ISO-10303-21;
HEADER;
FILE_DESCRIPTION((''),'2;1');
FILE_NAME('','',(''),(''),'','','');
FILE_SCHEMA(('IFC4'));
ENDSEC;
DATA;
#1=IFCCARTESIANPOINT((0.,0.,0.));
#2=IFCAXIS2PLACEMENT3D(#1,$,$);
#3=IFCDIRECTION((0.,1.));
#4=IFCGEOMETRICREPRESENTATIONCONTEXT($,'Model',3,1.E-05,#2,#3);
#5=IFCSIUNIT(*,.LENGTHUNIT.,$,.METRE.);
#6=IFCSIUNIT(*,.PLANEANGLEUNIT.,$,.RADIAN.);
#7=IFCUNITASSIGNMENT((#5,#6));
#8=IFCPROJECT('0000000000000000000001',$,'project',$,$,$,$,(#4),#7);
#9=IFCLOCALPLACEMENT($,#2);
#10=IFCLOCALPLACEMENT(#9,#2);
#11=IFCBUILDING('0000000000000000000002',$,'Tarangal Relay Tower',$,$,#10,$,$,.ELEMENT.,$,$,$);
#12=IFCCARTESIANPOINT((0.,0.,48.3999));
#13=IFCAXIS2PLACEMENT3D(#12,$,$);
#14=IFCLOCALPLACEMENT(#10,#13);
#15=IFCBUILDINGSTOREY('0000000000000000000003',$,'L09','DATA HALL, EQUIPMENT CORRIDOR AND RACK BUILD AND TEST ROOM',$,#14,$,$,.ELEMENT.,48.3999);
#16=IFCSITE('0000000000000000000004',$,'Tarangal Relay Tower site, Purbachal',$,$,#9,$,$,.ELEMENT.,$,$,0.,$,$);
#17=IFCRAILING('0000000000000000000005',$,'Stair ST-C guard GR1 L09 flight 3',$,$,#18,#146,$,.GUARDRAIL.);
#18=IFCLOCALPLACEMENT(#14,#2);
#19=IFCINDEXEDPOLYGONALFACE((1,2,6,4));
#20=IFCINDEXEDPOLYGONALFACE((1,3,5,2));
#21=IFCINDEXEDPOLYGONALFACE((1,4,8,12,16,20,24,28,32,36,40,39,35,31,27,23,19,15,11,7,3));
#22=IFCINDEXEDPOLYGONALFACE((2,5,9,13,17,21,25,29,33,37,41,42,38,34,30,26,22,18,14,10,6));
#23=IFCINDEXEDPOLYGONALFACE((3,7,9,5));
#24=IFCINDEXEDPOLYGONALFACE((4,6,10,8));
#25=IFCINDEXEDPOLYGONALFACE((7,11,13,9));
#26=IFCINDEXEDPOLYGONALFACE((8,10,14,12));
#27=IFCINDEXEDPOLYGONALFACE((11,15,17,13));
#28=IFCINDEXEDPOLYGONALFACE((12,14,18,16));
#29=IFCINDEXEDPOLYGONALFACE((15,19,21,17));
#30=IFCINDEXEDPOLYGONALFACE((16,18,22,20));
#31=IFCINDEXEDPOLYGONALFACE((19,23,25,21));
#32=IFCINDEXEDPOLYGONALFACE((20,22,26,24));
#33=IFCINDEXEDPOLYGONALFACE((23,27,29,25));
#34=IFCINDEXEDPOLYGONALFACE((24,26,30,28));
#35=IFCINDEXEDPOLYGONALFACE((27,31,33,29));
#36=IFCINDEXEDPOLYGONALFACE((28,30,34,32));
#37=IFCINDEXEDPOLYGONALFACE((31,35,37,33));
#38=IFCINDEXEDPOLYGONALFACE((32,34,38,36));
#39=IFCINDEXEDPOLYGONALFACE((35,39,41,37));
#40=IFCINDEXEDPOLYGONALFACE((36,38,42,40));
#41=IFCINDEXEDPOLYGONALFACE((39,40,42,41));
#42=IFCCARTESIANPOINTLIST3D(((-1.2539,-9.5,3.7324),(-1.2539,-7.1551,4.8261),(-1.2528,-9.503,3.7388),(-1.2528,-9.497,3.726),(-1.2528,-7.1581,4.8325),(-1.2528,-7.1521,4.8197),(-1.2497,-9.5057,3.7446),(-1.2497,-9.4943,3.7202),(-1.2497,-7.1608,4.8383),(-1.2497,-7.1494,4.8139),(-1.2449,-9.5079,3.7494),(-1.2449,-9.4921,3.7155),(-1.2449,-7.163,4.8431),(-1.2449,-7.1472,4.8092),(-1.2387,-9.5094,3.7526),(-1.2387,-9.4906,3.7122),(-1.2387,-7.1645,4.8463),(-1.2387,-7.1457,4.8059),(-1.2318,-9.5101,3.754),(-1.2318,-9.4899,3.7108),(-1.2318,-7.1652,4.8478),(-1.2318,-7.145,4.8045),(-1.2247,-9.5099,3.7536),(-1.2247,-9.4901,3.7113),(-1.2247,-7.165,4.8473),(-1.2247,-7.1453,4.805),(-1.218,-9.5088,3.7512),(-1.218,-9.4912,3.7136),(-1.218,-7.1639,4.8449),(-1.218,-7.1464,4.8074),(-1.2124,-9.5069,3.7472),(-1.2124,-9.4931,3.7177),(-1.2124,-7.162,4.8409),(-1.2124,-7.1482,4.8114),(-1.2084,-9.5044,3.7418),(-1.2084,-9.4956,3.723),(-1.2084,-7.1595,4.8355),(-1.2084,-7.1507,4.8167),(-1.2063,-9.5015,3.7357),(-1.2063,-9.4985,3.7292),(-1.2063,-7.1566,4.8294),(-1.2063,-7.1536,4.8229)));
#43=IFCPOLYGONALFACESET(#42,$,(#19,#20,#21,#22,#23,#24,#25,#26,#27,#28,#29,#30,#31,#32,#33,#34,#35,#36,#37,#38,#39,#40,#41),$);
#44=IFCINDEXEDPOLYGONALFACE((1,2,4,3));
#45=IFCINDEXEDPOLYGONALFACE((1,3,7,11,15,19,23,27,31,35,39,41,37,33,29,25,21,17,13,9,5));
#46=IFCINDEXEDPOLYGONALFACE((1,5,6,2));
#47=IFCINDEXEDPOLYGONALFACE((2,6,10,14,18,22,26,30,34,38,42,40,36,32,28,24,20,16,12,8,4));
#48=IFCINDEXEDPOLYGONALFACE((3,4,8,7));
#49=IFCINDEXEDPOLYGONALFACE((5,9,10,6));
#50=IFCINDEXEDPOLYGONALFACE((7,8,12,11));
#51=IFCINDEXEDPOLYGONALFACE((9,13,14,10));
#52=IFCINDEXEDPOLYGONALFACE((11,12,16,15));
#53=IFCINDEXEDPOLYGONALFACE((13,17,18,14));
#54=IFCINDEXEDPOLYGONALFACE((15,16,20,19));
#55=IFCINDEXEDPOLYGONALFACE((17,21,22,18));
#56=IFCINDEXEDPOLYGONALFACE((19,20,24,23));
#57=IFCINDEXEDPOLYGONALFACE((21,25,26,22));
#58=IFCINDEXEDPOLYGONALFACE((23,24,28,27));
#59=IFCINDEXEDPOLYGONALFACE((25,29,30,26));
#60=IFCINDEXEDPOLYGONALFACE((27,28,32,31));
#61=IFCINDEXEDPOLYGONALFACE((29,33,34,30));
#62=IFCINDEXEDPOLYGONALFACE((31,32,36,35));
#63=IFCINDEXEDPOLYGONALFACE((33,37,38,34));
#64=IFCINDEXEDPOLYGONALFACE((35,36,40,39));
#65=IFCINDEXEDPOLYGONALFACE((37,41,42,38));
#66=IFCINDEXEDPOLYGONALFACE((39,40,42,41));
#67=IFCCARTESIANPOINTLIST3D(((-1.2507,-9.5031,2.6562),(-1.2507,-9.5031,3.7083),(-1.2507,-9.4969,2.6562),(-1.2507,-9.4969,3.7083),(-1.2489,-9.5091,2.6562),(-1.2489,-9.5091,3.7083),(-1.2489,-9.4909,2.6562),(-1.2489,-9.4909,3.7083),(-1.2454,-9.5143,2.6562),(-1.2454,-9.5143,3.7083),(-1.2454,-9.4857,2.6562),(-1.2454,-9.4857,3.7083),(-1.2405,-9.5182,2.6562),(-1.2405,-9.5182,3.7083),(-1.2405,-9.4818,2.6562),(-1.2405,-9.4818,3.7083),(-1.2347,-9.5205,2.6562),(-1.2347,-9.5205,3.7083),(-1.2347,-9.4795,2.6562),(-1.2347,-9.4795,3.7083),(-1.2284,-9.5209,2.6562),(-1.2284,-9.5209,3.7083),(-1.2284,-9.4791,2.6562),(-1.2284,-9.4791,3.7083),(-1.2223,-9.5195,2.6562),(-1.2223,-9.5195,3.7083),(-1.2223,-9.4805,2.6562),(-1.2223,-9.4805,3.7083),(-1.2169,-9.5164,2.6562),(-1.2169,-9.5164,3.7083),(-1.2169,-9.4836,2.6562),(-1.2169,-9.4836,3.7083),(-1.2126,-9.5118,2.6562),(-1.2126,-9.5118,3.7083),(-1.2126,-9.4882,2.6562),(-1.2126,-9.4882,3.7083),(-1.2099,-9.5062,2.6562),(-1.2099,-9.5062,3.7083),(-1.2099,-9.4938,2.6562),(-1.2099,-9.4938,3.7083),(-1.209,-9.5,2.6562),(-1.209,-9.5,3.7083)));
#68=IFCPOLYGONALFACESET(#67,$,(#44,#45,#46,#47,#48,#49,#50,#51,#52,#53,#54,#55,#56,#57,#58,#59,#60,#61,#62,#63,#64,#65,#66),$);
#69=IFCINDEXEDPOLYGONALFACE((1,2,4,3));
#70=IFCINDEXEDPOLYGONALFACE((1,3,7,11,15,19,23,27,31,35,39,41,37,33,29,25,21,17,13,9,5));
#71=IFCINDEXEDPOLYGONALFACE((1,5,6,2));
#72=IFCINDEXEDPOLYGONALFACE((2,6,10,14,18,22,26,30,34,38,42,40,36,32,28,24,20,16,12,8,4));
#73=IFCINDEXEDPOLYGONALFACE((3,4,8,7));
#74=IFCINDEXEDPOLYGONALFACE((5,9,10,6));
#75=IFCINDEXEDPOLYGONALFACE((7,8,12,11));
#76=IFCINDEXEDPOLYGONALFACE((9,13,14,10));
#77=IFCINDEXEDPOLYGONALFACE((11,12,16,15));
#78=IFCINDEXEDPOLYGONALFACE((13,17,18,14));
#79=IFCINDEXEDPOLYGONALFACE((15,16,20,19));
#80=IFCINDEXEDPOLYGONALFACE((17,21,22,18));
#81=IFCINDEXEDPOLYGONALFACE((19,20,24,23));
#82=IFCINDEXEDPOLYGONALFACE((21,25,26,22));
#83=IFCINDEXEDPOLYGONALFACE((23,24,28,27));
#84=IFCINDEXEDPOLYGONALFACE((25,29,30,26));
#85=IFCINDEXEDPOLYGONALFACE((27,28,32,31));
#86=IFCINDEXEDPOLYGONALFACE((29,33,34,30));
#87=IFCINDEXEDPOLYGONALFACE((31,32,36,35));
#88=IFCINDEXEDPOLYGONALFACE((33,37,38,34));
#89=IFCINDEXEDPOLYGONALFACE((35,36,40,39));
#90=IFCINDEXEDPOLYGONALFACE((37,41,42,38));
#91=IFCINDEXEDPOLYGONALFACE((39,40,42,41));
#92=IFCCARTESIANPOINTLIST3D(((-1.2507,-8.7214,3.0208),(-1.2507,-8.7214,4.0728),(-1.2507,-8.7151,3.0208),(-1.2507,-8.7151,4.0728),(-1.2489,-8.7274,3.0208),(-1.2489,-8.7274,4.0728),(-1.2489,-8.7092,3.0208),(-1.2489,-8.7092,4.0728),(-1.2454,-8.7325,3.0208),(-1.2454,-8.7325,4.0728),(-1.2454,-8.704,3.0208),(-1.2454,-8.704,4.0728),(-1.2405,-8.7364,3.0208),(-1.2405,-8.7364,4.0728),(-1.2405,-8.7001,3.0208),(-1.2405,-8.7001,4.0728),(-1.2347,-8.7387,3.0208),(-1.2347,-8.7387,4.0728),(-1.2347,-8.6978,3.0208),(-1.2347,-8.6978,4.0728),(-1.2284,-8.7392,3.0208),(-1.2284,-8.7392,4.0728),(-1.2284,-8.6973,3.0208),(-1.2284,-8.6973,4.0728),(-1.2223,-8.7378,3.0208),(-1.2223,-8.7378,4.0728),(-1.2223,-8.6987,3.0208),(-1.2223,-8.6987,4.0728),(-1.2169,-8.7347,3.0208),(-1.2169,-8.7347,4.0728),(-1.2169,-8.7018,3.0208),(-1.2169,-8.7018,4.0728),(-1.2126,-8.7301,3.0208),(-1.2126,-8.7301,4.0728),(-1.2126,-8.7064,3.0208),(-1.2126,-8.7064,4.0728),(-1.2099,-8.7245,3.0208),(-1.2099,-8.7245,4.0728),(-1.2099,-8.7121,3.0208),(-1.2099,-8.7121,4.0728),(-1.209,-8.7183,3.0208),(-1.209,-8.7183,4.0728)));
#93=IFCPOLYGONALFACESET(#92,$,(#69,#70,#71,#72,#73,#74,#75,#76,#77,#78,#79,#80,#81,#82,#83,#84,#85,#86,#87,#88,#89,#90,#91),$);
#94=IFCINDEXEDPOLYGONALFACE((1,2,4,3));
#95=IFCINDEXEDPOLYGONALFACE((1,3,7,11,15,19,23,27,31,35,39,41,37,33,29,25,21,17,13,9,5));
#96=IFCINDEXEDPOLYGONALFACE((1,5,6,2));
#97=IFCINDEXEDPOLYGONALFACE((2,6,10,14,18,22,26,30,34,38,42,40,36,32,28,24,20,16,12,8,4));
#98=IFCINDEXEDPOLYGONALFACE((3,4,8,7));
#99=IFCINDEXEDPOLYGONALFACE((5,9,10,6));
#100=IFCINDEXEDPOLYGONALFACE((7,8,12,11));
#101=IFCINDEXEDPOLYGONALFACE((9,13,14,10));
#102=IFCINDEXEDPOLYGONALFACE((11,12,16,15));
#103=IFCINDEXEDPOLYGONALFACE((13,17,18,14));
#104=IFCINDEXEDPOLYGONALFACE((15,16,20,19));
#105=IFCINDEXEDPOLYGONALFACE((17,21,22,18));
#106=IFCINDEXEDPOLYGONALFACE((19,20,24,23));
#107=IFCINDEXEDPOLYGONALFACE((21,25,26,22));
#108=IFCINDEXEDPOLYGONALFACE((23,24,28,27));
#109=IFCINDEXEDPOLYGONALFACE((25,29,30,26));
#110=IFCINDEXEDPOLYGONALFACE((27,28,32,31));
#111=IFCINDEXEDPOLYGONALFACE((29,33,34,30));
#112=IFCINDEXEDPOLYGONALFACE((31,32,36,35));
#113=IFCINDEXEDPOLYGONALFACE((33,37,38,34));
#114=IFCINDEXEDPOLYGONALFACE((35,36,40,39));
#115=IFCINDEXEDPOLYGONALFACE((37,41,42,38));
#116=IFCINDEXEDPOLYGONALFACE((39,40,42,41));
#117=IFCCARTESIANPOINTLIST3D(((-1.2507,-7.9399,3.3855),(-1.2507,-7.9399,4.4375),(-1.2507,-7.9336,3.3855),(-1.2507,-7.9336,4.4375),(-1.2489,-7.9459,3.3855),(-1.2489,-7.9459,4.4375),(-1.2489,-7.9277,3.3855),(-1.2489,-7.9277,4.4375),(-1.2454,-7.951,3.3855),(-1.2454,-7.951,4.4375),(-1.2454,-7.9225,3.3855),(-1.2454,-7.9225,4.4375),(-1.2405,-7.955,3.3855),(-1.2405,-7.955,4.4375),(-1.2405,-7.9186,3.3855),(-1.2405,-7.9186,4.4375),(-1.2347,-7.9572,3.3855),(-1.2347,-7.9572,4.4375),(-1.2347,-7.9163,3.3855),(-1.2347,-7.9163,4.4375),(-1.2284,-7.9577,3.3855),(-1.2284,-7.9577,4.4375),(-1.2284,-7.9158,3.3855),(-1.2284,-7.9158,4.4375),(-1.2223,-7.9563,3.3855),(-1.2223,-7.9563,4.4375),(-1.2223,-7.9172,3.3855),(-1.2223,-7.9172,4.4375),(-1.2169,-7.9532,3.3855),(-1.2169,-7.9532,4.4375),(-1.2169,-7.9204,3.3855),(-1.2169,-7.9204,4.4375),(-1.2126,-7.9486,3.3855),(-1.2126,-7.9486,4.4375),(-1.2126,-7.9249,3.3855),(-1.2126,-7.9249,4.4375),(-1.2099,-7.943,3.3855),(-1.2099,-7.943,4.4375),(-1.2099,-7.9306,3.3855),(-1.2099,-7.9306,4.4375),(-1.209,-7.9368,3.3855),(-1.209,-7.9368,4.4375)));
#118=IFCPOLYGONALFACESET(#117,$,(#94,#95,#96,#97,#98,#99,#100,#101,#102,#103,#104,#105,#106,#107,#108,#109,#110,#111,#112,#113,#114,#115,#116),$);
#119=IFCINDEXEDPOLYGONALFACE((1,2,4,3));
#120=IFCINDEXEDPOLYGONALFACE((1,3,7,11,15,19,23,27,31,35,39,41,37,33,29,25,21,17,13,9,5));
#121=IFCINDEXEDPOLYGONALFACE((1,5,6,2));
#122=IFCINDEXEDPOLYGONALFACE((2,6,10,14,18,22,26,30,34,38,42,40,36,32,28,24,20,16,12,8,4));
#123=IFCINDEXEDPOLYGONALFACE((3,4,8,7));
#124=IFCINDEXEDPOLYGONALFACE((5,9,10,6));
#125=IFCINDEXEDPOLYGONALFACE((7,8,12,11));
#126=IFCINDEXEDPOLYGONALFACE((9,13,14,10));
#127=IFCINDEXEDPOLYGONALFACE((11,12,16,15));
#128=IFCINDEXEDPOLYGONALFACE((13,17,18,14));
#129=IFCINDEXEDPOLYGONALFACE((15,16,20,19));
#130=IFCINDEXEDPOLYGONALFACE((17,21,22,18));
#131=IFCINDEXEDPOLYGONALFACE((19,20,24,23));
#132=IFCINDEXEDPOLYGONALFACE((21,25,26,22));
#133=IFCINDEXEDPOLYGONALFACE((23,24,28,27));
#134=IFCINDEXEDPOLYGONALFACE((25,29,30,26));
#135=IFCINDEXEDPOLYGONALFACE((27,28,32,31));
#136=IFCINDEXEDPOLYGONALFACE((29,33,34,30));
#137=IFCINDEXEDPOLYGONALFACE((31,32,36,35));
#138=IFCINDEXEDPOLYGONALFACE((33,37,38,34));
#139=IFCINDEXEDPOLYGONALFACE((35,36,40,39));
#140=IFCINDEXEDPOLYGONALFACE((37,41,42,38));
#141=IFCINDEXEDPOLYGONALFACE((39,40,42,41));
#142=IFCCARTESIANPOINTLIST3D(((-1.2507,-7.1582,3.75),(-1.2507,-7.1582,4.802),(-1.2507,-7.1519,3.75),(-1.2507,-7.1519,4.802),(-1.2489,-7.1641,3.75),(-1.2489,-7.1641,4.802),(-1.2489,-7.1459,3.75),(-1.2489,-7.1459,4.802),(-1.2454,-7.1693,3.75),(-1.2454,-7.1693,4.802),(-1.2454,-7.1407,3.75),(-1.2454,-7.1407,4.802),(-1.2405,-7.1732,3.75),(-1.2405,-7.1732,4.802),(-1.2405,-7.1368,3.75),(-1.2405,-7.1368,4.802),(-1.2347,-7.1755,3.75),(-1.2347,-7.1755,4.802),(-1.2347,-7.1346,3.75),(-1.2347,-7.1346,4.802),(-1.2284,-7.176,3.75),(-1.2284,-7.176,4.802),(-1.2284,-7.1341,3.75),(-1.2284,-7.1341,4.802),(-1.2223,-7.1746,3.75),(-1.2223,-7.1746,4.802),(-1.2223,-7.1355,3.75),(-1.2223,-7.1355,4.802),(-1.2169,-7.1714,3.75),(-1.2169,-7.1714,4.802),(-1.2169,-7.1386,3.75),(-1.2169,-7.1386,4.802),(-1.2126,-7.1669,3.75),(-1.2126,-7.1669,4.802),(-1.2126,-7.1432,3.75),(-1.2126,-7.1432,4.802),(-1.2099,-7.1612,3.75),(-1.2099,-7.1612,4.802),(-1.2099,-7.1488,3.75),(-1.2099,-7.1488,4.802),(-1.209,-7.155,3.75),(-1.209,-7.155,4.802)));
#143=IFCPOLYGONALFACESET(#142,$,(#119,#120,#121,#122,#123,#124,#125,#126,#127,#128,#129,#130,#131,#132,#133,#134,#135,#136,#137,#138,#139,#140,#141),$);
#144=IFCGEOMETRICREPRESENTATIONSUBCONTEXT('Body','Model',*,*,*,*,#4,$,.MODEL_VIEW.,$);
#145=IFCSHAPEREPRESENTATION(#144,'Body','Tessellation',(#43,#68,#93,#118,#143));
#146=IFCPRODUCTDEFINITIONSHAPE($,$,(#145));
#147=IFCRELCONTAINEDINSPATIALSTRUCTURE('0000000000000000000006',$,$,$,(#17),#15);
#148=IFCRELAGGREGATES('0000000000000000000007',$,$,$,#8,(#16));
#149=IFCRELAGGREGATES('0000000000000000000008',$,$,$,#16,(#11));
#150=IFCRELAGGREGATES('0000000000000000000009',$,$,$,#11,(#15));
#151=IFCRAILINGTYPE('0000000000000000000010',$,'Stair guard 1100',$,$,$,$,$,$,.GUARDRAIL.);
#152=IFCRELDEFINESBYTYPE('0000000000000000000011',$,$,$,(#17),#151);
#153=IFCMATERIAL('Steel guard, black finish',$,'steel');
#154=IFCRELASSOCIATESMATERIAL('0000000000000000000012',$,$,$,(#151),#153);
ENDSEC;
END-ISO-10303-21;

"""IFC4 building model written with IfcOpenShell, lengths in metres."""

from ifc_helpers import new_model, si_unit, direction, frame, origin, origin_2d, place, context, subcontext, project, spatial, circle, extrude, material, type_object, element, save


model = new_model("IFC4")

# Units and contexts
model_context = context("Model", 3, precision=1e-05, world=origin(), true_north=direction((0.0, 1.0)))
body_context = subcontext(model_context, "Body", "Model", "MODEL_VIEW")
ifc_project = project(units=[si_unit("LENGTHUNIT", "METRE"), si_unit("PLANEANGLEUNIT", "RADIAN")], contexts=[model_context])

# Site, building, storey
site_placement = place(None, origin())
site = spatial("IfcSite", under=ifc_project, at=site_placement, Name="Tarangal Relay Tower site, Purbachal", CompositionType="ELEMENT", RefElevation=0.0)
building_placement = place(site_placement, origin())
building = spatial("IfcBuilding", under=site, at=building_placement, Name="Tarangal Relay Tower", CompositionType="ELEMENT")
storey_placement = place(building_placement, frame((0.0, 0.0, 48.3999)))
storey = spatial("IfcBuildingStorey", under=building, at=storey_placement, Name="L09", Description="DATA HALL, EQUIPMENT CORRIDOR AND RACK BUILD AND TEST ROOM", CompositionType="ELEMENT", Elevation=48.3999)

# Railing
ifc_material_1 = material(Name="Steel guard, black finish", Category="steel")
railing_type_1 = type_object("IfcRailingType", Name="Stair guard 1100", PredefinedType="GUARDRAIL", material=ifc_material_1)
for number, where, name in (
    (1, (-1.23, -9.5, 2.6562), "Stair ST-C guard GR1 L09 flight 3"),
):
    element("IfcRailing", number, at=place(storey_placement, frame(where)), inside=storey, type_object=railing_type_1, Name=name, PredefinedType="GUARDRAIL", context=body_context, shape_type="SweptSolid", body=[
        extrude(circle(Radius=0.0239, at=origin_2d()), frame((0.0, 0.0, 1.0762), z_axis=(0.0, 0.906267, 0.422705), x_axis=(-1.0, 0.0, 0.0)), (0.0, 0.0, 1.0), 2.5874),
        extrude(circle(Radius=0.021, at=origin_2d()), origin(), (0.0, 0.0, 1.0), 1.052),
        extrude(circle(Radius=0.021, at=origin_2d()), frame((0.0, 0.7817, 0.3645)), (0.0, 0.0, 1.0), 1.052),
        extrude(circle(Radius=0.021, at=origin_2d()), frame((0.0, 1.5632, 0.7292)), (0.0, 0.0, 1.0), 1.052),
        extrude(circle(Radius=0.021, at=origin_2d()), frame((0.0, 2.345, 1.0938)), (0.0, 0.0, 1.0), 1.052),
    ])

save(model, "model.ifc")
